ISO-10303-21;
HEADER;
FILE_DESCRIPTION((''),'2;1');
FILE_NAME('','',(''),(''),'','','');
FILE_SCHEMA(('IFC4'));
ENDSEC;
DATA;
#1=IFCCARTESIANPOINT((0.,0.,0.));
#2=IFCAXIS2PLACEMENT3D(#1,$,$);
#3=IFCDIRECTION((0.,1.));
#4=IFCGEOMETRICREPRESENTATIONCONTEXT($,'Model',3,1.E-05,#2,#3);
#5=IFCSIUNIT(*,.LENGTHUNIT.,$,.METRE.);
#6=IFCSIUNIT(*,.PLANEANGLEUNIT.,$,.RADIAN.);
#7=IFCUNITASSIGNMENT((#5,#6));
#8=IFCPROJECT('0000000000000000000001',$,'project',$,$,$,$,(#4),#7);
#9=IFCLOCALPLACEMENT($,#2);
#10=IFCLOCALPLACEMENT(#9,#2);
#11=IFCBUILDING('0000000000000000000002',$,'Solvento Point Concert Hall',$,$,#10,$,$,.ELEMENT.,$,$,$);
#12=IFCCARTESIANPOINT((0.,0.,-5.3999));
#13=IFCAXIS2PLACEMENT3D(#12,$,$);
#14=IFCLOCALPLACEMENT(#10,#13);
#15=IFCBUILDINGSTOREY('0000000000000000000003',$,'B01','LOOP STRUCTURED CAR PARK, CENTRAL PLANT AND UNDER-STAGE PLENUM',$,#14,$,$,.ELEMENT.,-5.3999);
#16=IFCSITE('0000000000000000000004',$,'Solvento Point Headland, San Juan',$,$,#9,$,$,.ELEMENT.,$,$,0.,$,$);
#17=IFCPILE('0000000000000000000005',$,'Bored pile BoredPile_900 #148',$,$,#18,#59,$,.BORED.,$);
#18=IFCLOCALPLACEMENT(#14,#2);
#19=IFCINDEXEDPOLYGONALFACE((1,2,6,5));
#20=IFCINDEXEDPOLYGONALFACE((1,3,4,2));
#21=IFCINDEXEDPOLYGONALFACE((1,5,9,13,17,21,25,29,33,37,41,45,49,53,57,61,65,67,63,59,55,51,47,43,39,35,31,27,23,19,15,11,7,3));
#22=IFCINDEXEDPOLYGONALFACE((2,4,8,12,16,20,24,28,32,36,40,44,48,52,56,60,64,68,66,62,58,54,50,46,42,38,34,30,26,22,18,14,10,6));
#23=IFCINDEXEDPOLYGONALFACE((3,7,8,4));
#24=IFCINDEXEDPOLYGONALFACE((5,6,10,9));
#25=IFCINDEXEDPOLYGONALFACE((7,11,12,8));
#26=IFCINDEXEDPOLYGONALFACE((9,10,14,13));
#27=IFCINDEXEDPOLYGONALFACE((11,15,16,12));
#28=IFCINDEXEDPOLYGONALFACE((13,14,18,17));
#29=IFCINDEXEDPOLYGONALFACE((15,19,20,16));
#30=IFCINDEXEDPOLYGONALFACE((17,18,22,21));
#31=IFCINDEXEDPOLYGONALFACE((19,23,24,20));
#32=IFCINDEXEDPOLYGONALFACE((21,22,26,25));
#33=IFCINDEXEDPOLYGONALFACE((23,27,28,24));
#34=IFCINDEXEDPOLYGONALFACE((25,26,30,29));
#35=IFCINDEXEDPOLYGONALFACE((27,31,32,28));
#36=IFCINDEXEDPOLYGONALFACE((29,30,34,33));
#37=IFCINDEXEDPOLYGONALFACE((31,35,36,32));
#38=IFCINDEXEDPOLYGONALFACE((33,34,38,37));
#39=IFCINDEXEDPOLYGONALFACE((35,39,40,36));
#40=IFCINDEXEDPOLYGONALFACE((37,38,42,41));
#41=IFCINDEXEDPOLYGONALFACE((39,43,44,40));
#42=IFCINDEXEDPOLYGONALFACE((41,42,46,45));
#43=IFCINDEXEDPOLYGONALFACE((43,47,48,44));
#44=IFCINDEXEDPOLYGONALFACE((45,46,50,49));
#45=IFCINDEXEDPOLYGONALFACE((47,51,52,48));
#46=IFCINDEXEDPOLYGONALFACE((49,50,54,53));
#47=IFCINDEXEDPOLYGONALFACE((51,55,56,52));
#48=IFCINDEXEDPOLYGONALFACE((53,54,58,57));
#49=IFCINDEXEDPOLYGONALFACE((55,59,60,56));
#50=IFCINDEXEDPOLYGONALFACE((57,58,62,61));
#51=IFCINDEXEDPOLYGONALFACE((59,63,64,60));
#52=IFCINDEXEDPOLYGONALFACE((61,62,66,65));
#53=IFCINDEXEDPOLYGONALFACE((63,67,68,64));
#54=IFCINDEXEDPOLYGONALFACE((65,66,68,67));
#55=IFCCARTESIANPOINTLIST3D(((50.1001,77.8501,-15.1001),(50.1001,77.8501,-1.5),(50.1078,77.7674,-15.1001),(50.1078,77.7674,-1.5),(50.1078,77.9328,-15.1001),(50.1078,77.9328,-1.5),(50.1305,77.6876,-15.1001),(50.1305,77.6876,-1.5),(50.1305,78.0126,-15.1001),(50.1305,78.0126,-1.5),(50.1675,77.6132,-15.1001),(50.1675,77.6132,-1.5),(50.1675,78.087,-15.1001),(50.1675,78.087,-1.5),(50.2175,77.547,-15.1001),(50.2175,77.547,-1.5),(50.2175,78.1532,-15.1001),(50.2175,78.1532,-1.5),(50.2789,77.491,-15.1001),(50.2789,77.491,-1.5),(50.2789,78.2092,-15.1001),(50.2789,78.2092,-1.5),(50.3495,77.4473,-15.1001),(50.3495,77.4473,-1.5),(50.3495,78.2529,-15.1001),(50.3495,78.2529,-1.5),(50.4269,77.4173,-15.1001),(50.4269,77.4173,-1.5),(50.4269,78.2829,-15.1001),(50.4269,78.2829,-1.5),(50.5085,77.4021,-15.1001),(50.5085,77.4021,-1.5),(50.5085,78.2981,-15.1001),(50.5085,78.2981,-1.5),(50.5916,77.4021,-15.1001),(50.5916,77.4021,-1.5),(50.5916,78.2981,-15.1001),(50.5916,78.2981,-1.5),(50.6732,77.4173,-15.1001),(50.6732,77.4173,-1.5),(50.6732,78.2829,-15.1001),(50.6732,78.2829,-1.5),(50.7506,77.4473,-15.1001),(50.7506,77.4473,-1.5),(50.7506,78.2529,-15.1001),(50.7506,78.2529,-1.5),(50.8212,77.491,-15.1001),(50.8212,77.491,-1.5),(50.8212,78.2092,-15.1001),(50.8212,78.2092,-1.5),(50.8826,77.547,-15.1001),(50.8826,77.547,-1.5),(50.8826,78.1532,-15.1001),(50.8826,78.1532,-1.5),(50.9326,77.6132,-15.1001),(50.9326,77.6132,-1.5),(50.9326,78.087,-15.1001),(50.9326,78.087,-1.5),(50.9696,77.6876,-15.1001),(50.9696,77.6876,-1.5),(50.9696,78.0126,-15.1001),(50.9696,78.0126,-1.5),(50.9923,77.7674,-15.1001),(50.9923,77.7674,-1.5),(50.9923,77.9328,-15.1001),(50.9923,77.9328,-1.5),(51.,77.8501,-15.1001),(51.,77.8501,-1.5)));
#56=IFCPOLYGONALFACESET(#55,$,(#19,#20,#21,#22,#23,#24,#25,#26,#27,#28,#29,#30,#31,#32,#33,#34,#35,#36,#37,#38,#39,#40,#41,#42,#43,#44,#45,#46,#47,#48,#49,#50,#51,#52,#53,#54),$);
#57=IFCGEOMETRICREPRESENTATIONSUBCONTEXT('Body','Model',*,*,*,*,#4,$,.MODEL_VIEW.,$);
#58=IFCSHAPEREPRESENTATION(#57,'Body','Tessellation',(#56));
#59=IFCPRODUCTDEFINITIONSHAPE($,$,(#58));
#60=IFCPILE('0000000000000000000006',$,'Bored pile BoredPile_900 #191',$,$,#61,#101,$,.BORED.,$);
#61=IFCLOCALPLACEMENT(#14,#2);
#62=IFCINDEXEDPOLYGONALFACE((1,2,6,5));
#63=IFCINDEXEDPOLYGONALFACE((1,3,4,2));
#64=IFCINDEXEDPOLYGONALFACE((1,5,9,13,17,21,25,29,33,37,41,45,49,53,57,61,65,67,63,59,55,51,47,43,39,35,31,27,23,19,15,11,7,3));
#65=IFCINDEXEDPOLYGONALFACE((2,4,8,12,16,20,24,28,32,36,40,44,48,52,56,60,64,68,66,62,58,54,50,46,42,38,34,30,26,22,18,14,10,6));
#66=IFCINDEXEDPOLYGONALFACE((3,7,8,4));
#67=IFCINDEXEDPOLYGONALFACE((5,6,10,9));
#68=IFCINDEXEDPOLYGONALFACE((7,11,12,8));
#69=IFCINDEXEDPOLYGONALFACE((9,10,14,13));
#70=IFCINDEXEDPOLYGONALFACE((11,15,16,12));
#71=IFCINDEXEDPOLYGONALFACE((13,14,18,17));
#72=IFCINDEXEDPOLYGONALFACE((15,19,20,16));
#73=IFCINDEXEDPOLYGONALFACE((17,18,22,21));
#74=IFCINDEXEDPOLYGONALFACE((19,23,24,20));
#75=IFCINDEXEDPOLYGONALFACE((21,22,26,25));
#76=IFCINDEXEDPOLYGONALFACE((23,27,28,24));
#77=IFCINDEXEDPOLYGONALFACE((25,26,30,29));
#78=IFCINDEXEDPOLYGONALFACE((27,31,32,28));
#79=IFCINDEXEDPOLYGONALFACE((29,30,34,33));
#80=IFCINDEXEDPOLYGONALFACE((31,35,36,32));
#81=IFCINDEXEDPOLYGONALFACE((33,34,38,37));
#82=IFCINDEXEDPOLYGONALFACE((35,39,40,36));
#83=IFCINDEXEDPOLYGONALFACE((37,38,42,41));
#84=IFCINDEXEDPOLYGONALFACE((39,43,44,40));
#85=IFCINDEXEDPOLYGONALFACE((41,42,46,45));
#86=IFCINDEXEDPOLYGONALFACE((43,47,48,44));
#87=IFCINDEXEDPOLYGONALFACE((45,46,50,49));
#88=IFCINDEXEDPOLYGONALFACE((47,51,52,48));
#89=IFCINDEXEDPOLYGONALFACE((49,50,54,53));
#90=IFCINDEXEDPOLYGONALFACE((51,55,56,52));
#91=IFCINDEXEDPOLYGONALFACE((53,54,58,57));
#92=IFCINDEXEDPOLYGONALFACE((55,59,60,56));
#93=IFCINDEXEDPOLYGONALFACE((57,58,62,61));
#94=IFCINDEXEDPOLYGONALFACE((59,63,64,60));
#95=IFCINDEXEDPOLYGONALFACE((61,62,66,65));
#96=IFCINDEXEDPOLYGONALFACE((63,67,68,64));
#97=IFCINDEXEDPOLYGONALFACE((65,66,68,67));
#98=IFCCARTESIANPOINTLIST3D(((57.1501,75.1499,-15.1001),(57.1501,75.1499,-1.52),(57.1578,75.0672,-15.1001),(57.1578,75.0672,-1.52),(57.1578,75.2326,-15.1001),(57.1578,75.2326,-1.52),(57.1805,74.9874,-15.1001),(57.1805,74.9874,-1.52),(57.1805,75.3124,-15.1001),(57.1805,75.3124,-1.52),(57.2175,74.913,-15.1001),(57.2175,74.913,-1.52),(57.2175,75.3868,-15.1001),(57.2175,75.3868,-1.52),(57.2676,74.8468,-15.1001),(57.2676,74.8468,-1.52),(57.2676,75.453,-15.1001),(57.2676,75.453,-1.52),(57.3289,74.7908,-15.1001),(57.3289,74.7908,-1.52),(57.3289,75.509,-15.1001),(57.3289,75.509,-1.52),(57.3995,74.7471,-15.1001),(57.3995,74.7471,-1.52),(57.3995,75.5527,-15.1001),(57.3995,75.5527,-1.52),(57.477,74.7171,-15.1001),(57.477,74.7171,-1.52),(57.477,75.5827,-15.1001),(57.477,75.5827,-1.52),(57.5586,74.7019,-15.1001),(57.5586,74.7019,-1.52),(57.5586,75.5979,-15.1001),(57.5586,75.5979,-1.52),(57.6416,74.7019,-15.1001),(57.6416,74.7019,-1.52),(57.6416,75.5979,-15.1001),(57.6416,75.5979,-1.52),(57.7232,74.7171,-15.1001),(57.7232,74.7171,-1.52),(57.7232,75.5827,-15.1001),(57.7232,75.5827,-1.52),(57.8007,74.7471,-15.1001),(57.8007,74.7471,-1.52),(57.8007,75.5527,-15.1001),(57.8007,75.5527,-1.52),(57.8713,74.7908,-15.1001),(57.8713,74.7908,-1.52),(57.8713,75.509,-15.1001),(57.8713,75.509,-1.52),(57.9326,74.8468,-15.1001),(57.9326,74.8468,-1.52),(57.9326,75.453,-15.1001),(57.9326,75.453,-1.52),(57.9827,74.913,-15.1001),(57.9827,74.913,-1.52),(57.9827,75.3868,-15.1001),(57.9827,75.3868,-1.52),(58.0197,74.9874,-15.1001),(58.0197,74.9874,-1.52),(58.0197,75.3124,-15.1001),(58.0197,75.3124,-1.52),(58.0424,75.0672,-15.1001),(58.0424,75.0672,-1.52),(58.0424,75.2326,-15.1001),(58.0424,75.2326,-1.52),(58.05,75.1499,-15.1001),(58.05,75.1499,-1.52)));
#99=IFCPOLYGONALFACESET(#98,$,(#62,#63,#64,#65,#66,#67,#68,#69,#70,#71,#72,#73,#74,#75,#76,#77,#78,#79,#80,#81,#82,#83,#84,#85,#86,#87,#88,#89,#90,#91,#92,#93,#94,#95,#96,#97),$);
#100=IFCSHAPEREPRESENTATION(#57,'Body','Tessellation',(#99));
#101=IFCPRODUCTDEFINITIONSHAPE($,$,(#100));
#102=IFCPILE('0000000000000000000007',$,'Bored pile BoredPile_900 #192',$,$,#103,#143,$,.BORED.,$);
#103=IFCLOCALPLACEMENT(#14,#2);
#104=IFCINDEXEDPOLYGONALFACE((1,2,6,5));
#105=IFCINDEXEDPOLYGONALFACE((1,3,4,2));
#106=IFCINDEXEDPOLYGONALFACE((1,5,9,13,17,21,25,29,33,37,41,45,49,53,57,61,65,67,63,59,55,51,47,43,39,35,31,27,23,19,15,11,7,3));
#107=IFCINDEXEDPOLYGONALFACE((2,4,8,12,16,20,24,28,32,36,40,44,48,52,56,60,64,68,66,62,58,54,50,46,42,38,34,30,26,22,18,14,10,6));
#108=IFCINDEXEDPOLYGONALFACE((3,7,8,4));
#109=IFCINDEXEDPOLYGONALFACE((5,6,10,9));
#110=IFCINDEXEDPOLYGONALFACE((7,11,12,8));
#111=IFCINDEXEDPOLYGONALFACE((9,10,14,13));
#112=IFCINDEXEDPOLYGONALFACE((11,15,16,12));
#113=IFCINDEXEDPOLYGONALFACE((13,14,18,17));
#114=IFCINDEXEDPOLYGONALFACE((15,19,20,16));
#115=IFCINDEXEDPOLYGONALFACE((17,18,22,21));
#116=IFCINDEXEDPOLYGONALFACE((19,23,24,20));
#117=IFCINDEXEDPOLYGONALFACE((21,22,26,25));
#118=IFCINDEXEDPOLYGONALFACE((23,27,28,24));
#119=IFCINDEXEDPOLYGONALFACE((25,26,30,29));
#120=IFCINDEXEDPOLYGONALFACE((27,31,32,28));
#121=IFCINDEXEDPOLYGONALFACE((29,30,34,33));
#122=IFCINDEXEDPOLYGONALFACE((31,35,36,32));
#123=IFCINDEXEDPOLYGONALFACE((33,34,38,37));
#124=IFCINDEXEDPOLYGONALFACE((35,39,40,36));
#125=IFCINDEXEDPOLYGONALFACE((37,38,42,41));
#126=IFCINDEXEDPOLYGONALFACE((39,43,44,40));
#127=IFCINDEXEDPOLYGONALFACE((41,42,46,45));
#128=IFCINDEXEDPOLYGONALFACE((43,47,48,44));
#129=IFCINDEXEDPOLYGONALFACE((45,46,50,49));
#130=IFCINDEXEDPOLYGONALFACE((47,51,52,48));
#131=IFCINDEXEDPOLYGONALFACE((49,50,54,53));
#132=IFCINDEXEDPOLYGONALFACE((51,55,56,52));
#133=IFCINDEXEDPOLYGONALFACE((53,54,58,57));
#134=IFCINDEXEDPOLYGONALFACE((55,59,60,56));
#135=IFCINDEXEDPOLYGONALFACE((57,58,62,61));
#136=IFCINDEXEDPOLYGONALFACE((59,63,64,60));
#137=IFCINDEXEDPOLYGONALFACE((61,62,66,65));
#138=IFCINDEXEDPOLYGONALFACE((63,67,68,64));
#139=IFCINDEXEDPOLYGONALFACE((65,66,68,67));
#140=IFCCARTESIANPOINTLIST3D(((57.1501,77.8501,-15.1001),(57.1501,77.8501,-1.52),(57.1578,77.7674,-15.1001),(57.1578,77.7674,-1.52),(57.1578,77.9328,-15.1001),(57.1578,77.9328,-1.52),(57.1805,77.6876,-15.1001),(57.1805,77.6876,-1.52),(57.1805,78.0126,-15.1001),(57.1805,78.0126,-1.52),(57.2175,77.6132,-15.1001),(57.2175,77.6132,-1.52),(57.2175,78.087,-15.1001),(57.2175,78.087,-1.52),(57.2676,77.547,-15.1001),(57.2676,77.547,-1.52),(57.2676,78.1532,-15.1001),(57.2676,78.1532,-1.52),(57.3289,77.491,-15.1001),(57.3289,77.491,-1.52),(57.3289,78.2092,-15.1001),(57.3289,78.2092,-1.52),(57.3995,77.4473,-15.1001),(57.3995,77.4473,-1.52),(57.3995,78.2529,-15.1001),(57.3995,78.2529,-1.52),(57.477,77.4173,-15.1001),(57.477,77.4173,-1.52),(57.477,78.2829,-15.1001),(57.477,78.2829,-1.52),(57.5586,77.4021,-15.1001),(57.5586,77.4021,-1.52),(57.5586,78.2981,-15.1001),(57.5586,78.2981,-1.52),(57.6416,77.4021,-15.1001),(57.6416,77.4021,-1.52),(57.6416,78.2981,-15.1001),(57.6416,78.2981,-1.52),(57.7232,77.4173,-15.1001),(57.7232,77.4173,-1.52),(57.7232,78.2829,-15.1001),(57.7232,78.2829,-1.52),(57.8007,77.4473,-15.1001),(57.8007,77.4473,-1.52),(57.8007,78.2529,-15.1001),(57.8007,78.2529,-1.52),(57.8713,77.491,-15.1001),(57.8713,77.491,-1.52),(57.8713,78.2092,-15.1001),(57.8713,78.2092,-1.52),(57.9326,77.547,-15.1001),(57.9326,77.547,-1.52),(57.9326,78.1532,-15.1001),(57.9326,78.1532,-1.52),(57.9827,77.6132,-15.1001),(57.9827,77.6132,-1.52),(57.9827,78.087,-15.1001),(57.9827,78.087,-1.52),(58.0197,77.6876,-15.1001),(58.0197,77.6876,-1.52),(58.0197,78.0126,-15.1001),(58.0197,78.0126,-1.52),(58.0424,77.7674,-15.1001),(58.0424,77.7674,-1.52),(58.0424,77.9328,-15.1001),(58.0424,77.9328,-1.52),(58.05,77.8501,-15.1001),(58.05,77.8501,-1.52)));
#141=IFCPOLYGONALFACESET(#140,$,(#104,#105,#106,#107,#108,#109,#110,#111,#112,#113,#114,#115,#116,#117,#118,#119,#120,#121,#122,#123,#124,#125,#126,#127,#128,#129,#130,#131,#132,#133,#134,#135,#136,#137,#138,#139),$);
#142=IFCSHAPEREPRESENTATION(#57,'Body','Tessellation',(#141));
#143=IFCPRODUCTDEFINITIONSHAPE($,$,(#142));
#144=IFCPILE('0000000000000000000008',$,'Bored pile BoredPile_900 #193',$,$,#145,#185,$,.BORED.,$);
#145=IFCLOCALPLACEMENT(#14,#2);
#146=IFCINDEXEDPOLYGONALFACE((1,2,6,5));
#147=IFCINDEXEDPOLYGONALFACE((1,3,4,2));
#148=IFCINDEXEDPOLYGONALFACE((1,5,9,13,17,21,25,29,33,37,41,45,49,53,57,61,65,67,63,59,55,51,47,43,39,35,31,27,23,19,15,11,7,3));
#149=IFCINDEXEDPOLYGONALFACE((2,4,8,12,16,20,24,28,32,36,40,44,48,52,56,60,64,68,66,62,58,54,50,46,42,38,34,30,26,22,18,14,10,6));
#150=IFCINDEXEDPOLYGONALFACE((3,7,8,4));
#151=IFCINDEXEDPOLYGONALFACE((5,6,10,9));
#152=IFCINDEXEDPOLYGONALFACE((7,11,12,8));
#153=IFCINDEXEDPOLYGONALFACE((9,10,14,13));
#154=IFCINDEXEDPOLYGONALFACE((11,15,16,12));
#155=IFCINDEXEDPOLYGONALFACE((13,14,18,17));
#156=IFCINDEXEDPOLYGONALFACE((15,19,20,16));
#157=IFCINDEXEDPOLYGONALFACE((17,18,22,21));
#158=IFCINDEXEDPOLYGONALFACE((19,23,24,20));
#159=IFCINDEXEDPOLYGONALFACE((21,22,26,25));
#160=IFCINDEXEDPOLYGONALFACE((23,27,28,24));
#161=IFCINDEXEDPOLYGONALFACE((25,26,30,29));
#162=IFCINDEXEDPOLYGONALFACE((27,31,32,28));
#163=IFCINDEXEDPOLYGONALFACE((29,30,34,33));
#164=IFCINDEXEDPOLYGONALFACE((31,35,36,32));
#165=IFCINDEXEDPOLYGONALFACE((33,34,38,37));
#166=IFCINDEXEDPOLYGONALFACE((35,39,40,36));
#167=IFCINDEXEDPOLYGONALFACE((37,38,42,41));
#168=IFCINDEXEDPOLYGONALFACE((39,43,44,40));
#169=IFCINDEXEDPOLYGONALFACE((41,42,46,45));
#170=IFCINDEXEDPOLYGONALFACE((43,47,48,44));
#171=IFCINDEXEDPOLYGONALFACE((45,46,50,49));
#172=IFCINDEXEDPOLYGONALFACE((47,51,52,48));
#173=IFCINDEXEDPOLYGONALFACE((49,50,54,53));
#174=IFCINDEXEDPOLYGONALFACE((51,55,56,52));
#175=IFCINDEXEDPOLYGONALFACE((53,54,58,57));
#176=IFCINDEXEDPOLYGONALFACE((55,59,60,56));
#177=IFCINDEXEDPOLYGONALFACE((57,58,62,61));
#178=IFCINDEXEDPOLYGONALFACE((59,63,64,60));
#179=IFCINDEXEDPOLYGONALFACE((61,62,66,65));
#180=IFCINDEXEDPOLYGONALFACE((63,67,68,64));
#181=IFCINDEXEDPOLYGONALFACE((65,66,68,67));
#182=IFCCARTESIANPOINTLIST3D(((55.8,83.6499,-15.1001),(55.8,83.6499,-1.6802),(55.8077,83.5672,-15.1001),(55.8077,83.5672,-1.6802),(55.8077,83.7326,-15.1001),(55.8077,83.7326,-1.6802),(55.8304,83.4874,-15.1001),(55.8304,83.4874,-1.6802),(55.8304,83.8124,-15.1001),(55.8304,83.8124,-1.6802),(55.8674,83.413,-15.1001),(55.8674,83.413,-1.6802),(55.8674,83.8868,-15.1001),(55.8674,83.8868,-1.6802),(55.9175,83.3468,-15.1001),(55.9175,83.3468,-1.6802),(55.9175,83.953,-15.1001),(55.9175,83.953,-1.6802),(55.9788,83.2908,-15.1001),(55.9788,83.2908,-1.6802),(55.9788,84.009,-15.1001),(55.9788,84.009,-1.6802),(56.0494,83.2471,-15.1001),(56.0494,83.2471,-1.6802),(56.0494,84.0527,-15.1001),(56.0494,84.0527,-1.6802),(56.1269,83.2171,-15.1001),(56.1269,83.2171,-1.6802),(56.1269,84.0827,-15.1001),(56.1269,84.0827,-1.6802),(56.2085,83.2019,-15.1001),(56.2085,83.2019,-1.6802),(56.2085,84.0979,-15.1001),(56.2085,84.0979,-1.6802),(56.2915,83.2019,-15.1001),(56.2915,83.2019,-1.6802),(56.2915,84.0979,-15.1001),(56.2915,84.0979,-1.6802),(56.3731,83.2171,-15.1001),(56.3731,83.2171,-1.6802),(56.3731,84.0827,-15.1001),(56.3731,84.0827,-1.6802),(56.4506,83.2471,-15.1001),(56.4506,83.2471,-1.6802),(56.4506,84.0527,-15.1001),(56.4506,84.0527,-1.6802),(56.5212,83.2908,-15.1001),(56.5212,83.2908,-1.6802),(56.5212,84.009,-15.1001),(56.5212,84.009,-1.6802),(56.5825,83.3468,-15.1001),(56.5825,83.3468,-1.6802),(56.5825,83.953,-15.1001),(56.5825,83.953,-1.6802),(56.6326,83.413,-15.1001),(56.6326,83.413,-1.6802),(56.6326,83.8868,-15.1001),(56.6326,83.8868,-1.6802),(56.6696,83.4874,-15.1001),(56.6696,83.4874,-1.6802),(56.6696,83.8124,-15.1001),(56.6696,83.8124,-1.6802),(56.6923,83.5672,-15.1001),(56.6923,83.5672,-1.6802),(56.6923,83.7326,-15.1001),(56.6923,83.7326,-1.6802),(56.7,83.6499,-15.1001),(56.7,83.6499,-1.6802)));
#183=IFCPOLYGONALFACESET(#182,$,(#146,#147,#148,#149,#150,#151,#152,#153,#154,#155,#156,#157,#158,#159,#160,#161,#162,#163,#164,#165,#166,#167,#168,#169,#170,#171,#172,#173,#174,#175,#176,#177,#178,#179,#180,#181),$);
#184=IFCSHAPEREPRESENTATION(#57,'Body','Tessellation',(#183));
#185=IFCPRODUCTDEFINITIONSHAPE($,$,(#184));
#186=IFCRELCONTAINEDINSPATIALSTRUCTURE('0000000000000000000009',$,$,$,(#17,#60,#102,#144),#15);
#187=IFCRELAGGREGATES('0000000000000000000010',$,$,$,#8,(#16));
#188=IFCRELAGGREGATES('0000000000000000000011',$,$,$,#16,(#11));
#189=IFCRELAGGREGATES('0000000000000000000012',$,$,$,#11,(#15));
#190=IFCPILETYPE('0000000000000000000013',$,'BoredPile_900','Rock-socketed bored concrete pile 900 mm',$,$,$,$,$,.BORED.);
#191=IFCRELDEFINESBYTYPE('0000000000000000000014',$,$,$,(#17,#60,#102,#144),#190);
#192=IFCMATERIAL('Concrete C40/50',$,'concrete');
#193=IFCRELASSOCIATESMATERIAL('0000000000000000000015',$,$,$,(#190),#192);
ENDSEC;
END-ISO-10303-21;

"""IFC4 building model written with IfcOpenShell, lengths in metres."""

from ifc_helpers import new_model, si_unit, direction, frame, origin, origin_2d, place, context, subcontext, project, spatial, circle, extrude, material, material_profile, profile_set, type_object, element, save


model = new_model("IFC4")

# Units and contexts
model_context = context("Model", 3, precision=1e-05, world=origin(), true_north=direction((0.0, 1.0)))
body_context = subcontext(model_context, "Body", "Model", "MODEL_VIEW")
ifc_project = project(units=[si_unit("LENGTHUNIT", "METRE"), si_unit("PLANEANGLEUNIT", "RADIAN")], contexts=[model_context])

# Site, building, storey
site_placement = place(None, origin())
site = spatial("IfcSite", under=ifc_project, at=site_placement, Name="Solvento Point Headland, San Juan", CompositionType="ELEMENT", RefElevation=0.0)
building_placement = place(site_placement, origin())
building = spatial("IfcBuilding", under=site, at=building_placement, Name="Solvento Point Concert Hall", CompositionType="ELEMENT")
storey_placement = place(building_placement, frame((0.0, 0.0, -5.3999)))
storey = spatial("IfcBuildingStorey", under=building, at=storey_placement, Name="B01", Description="LOOP STRUCTURED CAR PARK, CENTRAL PLANT AND UNDER-STAGE PLENUM", CompositionType="ELEMENT", Elevation=-5.3999)

# Piles
ifc_material_1 = material(Name="Concrete C40/50", Category="concrete")
ifc_material_profile_1 = material_profile(ifc_material_1, circle(Radius=0.45, at=origin_2d()), Name="BP-900")
ifc_profile_set_1 = profile_set([ifc_material_profile_1], Name="Concrete C40/50")
pile_type_1 = type_object("IfcPileType", Name="BoredPile_900", Description="Rock-socketed bored concrete pile 900 mm", PredefinedType="BORED", material=ifc_profile_set_1)
for number, where, z_axis, x_axis, name in (
    (1, (50.55, 77.8501, -1.5), (0.0, 0.0, -1.0), (1.0, 0.0, 0.0), "Bored pile BoredPile_900 #148"),
):
    element("IfcPile", number, at=place(storey_placement, frame(where, z_axis=z_axis, x_axis=x_axis)), inside=storey, type_object=pile_type_1, Name=name, PredefinedType="BORED", context=body_context, shape_type="SweptSolid", body=[
        extrude(circle(Radius=0.45, at=origin_2d()), origin(), (0.0, 0.0, 1.0), 13.6001),
    ])
for number, where, z_axis, x_axis, name in (
    (2, (57.6001, 75.1499, -1.52), (0.0, 0.0, -1.0), (1.0, 0.0, 0.0), "Bored pile BoredPile_900 #191"),
    (3, (57.6001, 77.8501, -1.52), (0.0, 0.0, -1.0), (1.0, 0.0, 0.0), "Bored pile BoredPile_900 #192"),
):
    element("IfcPile", number, at=place(storey_placement, frame(where, z_axis=z_axis, x_axis=x_axis)), inside=storey, type_object=pile_type_1, Name=name, PredefinedType="BORED", context=body_context, shape_type="SweptSolid", body=[
        extrude(circle(Radius=0.45, at=origin_2d()), origin(), (0.0, 0.0, 1.0), 13.5801),
    ])
for number, where, z_axis, x_axis, name in (
    (4, (56.25, 83.6499, -1.6802), (0.0, 0.0, -1.0), (1.0, 0.0, 0.0), "Bored pile BoredPile_900 #193"),
):
    element("IfcPile", number, at=place(storey_placement, frame(where, z_axis=z_axis, x_axis=x_axis)), inside=storey, type_object=pile_type_1, Name=name, PredefinedType="BORED", context=body_context, shape_type="SweptSolid", body=[
        extrude(circle(Radius=0.45, at=origin_2d()), origin(), (0.0, 0.0, 1.0), 13.4199),
    ])

save(model, "model.ifc")
